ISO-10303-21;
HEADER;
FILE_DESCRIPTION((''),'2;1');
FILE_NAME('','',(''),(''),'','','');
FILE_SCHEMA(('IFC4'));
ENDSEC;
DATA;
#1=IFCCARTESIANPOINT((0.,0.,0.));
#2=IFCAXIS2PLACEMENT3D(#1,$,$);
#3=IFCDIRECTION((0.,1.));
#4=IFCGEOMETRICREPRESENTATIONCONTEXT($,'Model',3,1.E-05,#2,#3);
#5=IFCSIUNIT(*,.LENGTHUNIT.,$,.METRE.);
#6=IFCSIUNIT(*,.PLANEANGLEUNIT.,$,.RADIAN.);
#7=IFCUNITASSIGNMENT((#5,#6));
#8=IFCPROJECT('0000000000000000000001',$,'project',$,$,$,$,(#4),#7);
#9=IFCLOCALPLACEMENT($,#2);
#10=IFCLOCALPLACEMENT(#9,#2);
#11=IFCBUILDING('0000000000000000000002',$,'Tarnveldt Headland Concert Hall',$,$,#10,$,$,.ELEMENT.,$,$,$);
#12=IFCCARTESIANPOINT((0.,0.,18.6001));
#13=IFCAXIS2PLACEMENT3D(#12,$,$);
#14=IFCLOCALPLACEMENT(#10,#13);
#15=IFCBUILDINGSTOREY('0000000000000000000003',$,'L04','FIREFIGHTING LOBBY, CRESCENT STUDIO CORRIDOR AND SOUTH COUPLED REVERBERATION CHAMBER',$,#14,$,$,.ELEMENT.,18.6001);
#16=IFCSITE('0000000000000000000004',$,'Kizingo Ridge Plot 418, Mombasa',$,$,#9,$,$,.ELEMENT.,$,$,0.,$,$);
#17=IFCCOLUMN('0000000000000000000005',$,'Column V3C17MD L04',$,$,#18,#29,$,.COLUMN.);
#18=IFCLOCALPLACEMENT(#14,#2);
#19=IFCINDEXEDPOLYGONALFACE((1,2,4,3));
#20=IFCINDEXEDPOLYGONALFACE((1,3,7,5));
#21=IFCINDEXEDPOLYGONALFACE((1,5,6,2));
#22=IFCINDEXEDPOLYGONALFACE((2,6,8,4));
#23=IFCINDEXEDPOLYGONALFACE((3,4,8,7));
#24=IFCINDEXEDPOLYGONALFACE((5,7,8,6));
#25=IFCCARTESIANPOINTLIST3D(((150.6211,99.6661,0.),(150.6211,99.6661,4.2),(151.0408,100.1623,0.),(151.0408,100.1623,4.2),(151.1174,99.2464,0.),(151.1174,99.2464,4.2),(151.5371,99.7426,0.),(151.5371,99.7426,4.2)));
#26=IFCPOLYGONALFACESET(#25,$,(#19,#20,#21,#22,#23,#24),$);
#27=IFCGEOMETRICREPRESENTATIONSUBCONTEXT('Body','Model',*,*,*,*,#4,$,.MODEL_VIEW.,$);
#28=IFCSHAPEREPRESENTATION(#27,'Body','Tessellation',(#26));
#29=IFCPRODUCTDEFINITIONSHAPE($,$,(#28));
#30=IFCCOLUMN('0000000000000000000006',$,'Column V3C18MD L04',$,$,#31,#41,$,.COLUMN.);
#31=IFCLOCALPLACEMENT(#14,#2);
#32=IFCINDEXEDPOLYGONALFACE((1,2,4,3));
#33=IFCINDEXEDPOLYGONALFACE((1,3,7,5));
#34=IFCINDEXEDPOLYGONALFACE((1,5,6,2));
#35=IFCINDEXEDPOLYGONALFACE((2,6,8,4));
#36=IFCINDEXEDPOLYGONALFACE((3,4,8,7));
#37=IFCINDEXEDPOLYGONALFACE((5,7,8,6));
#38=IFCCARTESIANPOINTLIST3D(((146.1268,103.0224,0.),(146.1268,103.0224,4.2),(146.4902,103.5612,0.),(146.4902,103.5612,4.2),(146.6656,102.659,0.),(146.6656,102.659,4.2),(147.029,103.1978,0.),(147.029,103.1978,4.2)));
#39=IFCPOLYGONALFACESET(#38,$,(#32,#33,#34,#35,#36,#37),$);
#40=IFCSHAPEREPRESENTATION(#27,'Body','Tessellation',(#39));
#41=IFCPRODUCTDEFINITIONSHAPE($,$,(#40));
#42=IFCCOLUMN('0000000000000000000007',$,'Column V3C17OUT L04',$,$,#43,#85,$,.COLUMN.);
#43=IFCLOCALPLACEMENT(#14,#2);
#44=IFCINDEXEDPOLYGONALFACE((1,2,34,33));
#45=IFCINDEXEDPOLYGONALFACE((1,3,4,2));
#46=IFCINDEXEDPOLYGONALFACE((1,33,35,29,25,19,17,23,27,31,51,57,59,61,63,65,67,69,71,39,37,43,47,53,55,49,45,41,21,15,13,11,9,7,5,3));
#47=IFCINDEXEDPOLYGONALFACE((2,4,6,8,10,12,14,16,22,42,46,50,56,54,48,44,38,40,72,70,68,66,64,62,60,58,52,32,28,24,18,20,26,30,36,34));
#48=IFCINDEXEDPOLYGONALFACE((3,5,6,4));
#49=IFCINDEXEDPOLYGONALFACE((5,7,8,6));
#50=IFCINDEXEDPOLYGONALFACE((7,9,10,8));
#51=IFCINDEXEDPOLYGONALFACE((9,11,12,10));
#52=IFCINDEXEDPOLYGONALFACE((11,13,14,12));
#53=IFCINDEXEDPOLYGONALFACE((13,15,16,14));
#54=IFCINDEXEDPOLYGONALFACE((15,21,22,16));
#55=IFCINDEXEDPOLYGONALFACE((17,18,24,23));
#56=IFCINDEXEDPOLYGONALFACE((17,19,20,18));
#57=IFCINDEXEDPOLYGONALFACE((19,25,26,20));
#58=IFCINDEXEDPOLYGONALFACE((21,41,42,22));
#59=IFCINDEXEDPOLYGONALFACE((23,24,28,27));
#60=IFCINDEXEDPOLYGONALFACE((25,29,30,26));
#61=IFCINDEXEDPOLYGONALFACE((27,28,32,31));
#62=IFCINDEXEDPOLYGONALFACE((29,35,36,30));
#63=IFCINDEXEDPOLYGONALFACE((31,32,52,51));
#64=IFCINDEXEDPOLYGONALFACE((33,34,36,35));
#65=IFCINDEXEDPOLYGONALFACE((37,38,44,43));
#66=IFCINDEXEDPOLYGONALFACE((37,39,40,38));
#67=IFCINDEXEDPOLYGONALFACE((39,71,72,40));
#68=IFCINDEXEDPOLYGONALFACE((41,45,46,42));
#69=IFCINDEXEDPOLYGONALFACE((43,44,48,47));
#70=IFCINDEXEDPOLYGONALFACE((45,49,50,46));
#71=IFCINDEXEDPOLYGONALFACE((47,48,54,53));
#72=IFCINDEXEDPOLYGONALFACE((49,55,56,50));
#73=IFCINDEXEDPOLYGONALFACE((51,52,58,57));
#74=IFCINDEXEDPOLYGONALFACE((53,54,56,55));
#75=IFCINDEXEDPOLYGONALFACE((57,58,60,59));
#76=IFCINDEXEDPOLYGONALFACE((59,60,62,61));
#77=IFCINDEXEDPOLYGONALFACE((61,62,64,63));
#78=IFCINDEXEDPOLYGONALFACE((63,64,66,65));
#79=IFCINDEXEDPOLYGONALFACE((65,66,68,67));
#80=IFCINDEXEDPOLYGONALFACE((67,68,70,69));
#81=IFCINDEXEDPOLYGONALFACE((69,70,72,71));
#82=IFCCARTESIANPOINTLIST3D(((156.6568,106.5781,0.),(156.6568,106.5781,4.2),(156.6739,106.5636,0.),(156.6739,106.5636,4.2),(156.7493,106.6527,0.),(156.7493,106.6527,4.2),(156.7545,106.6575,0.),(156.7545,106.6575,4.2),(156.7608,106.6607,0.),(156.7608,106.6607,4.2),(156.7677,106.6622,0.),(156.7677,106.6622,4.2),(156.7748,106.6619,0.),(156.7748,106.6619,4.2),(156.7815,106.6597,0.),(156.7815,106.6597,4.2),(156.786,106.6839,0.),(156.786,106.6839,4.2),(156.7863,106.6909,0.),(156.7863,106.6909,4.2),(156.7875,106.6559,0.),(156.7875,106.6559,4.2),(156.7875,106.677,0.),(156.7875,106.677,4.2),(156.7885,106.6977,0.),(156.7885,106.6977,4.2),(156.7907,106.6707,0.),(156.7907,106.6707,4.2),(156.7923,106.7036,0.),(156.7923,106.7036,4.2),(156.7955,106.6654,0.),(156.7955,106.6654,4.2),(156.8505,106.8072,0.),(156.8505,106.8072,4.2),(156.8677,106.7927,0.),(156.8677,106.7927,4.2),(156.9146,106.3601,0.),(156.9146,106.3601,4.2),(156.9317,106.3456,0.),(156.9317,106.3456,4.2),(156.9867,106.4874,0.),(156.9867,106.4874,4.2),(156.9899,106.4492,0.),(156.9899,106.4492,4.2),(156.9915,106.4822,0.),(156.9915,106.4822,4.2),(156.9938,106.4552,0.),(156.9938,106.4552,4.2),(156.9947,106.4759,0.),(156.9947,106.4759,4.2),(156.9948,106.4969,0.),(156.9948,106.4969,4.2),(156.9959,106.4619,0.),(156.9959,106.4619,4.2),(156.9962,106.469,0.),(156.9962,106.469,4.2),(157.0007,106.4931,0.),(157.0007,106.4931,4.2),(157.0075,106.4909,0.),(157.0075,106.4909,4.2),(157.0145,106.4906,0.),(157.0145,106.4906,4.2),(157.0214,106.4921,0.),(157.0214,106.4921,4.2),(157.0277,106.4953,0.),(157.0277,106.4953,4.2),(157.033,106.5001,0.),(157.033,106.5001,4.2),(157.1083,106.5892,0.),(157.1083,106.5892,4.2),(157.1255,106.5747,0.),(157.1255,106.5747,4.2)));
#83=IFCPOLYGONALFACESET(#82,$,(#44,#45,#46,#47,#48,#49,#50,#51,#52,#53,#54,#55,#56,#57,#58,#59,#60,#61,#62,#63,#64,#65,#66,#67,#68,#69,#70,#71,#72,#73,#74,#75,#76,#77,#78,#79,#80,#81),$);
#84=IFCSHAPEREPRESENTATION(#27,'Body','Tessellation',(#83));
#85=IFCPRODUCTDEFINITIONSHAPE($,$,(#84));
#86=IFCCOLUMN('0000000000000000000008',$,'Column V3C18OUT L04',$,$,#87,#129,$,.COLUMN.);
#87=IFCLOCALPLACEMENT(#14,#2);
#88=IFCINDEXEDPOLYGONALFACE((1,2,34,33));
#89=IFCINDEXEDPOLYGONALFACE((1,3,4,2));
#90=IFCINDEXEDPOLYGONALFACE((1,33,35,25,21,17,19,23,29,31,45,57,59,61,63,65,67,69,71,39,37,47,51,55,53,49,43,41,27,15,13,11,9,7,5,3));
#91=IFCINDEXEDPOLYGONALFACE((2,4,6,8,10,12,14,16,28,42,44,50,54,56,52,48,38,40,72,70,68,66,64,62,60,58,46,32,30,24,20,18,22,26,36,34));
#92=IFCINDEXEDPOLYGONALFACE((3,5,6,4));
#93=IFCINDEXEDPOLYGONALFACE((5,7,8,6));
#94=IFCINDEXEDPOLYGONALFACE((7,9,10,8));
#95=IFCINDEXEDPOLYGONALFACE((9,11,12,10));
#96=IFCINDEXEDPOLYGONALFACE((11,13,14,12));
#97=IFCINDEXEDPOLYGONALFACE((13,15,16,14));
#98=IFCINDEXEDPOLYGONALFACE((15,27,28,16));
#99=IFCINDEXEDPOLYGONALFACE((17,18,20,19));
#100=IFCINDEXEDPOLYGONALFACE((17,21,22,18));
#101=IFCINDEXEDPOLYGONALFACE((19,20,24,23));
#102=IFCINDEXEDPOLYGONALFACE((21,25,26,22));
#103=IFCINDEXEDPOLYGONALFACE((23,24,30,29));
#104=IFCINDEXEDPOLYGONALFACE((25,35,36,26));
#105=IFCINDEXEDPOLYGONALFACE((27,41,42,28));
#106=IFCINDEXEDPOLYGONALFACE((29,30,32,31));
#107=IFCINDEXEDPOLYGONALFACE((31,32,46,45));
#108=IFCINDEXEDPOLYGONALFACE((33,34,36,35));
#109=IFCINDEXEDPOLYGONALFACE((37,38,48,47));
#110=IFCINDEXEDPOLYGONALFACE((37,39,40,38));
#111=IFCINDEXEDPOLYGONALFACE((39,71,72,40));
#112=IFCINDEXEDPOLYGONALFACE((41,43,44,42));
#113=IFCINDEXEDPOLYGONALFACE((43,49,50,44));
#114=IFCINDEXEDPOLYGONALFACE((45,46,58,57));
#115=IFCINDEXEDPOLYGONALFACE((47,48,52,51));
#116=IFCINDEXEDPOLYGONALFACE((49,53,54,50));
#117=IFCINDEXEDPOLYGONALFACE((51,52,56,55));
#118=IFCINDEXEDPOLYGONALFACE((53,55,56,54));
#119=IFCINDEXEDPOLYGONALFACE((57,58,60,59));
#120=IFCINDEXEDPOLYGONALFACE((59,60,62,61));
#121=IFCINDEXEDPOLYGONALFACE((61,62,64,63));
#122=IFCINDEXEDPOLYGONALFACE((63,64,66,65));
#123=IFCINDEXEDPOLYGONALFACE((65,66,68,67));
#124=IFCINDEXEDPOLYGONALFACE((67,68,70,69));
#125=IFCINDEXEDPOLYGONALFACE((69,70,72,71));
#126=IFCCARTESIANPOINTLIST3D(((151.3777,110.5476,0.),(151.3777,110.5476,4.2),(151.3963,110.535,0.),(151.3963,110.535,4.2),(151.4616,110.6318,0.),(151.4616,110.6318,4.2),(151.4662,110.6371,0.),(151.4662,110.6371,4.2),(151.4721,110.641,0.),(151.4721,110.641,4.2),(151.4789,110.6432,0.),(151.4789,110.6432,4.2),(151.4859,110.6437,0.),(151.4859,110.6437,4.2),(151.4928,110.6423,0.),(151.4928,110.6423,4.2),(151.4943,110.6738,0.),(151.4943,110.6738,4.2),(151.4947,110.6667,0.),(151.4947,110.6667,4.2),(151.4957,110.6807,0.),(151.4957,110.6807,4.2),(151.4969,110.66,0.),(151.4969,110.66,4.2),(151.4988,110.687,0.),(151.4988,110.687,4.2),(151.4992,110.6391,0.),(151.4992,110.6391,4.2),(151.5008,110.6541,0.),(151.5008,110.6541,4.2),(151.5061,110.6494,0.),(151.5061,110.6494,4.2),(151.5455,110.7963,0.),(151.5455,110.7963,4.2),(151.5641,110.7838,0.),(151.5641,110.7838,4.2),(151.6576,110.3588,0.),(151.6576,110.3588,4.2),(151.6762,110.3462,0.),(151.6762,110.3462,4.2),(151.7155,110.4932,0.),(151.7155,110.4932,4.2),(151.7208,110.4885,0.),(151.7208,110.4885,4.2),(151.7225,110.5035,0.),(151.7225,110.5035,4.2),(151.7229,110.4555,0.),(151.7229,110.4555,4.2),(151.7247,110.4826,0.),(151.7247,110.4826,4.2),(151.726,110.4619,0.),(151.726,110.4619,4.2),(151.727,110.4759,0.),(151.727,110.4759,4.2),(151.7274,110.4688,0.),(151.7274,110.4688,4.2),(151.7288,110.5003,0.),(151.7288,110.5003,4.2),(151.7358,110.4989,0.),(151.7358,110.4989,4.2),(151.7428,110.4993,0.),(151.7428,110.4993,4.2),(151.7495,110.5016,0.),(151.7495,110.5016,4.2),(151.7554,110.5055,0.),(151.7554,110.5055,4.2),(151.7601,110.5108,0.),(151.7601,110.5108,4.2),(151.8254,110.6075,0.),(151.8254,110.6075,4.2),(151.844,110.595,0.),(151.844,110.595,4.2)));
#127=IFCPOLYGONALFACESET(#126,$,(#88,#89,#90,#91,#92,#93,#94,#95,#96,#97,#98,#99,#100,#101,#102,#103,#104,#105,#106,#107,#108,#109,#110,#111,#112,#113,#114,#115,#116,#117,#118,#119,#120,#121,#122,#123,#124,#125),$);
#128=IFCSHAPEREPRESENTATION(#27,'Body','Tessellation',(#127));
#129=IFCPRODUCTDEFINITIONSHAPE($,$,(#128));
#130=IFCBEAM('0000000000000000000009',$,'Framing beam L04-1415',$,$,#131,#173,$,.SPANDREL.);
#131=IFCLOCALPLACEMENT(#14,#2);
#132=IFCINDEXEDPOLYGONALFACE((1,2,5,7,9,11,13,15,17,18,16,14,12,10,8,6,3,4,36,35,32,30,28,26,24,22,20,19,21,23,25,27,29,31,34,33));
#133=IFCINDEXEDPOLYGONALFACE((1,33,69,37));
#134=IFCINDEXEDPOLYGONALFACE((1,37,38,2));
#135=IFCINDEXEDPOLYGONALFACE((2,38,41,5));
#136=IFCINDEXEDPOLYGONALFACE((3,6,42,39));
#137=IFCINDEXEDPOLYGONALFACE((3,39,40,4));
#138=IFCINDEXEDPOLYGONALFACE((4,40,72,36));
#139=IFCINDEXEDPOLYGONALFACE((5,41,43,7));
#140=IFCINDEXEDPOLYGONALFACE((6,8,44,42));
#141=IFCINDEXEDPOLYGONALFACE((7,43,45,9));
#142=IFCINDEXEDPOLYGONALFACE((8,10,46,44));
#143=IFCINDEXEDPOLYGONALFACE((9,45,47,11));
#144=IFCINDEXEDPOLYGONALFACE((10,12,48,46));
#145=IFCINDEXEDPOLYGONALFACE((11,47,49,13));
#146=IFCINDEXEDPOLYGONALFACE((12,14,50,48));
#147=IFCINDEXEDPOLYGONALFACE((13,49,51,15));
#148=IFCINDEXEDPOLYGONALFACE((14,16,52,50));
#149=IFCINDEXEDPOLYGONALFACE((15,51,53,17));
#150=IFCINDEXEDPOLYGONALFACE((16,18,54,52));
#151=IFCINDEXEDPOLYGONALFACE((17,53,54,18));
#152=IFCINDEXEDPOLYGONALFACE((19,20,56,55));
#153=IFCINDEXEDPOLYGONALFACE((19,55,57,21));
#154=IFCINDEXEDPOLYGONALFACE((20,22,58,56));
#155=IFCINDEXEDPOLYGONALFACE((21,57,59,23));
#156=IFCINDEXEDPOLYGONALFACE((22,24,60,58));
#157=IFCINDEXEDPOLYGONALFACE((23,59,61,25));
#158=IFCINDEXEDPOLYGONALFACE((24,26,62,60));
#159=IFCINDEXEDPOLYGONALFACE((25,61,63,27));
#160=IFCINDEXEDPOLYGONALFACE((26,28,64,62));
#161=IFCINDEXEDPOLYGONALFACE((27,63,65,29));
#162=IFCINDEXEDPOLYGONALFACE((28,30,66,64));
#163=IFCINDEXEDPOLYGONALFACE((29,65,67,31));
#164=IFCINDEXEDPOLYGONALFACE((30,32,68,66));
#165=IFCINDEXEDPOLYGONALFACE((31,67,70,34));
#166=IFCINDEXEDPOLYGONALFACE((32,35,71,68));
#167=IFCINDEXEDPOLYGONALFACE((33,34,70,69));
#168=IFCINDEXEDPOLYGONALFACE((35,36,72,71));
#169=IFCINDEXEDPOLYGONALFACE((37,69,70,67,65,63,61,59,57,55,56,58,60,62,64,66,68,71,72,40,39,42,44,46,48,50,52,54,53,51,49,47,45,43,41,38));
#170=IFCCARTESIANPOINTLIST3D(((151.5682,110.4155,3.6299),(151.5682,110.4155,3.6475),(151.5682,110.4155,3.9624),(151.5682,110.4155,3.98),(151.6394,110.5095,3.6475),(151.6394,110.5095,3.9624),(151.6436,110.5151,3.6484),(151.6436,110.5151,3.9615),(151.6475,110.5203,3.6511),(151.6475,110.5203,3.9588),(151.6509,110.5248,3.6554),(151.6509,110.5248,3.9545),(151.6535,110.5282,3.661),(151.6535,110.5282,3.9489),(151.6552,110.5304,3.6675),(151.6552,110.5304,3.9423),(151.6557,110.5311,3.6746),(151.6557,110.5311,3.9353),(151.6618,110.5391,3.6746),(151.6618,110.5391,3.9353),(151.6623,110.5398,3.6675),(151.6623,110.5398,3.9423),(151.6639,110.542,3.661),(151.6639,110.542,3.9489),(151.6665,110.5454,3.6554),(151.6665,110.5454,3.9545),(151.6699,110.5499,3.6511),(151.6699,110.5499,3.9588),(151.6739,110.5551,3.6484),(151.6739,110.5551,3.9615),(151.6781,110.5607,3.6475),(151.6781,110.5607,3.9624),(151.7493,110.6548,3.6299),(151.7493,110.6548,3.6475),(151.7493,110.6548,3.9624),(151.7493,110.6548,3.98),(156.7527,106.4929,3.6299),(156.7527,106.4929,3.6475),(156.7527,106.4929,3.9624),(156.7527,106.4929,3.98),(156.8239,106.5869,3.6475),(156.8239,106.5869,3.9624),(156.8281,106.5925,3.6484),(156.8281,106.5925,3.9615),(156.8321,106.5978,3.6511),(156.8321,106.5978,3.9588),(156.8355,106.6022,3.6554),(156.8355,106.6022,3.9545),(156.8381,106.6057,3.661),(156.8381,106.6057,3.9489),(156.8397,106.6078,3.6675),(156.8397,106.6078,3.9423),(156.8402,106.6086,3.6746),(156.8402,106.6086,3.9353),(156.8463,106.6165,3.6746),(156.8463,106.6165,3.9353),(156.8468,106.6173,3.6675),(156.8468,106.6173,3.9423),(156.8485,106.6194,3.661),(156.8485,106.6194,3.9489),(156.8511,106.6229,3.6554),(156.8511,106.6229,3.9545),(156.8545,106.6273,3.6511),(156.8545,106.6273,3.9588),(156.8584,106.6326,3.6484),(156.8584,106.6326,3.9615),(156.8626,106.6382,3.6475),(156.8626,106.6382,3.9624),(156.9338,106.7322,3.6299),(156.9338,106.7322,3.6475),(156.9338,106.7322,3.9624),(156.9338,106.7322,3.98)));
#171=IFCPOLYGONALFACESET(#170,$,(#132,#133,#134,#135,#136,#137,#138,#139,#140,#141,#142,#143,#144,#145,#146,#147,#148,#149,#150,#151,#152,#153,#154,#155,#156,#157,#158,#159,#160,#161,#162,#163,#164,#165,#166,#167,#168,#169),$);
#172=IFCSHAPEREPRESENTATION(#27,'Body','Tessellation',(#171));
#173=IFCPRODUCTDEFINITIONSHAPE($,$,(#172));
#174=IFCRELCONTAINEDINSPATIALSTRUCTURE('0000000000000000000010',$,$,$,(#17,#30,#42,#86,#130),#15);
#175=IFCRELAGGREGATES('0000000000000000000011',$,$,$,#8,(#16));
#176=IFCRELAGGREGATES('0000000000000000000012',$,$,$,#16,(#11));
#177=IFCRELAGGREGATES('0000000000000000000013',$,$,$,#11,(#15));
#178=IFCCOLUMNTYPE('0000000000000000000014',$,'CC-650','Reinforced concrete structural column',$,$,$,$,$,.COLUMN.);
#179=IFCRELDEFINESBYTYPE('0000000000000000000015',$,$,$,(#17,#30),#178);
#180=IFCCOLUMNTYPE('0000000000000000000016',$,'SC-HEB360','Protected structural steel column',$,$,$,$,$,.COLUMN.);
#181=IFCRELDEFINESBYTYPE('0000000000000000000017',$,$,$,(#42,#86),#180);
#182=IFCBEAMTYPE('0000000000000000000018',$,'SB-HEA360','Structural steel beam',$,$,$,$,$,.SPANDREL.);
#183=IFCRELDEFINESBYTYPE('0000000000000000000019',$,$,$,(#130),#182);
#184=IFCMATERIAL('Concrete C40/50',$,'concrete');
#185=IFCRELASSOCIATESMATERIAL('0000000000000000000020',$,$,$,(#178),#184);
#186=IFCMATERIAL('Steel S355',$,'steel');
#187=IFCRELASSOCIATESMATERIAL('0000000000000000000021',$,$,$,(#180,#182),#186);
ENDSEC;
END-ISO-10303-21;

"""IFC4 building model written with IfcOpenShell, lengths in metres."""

from ifc_helpers import new_model, si_unit, direction, frame, origin, origin_2d, place, context, subcontext, project, spatial, rectangle, i_section, extrude, material, material_profile, profile_set, type_object, element, save


model = new_model("IFC4")

# Units and contexts
model_context = context("Model", 3, precision=1e-05, world=origin(), true_north=direction((0.0, 1.0)))
body_context = subcontext(model_context, "Body", "Model", "MODEL_VIEW")
ifc_project = project(units=[si_unit("LENGTHUNIT", "METRE"), si_unit("PLANEANGLEUNIT", "RADIAN")], contexts=[model_context])

# Site, building, storey
site_placement = place(None, origin())
site = spatial("IfcSite", under=ifc_project, at=site_placement, Name="Kizingo Ridge Plot 418, Mombasa", CompositionType="ELEMENT", RefElevation=0.0)
building_placement = place(site_placement, origin())
building = spatial("IfcBuilding", under=site, at=building_placement, Name="Tarnveldt Headland Concert Hall", CompositionType="ELEMENT")
storey_placement = place(building_placement, frame((0.0, 0.0, 18.6001)))
storey = spatial("IfcBuildingStorey", under=building, at=storey_placement, Name="L04", Description="FIREFIGHTING LOBBY, CRESCENT STUDIO CORRIDOR AND SOUTH COUPLED REVERBERATION CHAMBER", CompositionType="ELEMENT", Elevation=18.6001)

# Columns
ifc_material_1 = material(Name="Concrete C40/50", Category="concrete")
ifc_material_profile_1 = material_profile(ifc_material_1, rectangle(XDim=0.6499, YDim=0.6499, at=origin_2d()), Name="RC 650x650", Category="concrete")
ifc_profile_set_1 = profile_set([ifc_material_profile_1], Name="Concrete C40/50")
column_type_1 = type_object("IfcColumnType", Name="CC-650", Description="Reinforced concrete structural column", PredefinedType="COLUMN", material=ifc_profile_set_1)
for number, where, z_axis, x_axis, name in (
    (1, (151.0791, 99.7043, 0.0), (0.0, 0.0, 1.0), (0.645724, 0.763571, 0.0), "Column V3C17MD L04"),
    (2, (146.5779, 103.1101, 0.0), (0.0, 0.0, 1.0), (0.559193, 0.829038, 0.0), "Column V3C18MD L04"),
):
    element("IfcColumn", number, at=place(storey_placement, frame(where, z_axis=z_axis, x_axis=x_axis)), inside=storey, type_object=column_type_1, Name=name, PredefinedType="COLUMN", context=body_context, shape_type="SweptSolid", body=[
        extrude(rectangle(XDim=0.6499, YDim=0.6499, at=origin_2d()), origin(), (0.0, 0.0, 1.0), 4.2),
    ])
ifc_material_2 = material(Name="Steel S355", Category="steel")
ifc_material_profile_2 = material_profile(ifc_material_2, i_section(OverallWidth=0.3, OverallDepth=0.3601, WebThickness=0.0125, FlangeThickness=0.0225, FilletRadius=0.0271, at=origin_2d()), Name="HEB360", Category="steel")
ifc_profile_set_2 = profile_set([ifc_material_profile_2], Name="Steel S355")
column_type_2 = type_object("IfcColumnType", Name="SC-HEB360", Description="Protected structural steel column", PredefinedType="COLUMN", material=ifc_profile_set_2)
for number, where, z_axis, x_axis, name in (
    (3, (156.8911, 106.5764, 0.0), (0.0, 0.0, 1.0), (0.645724, 0.763571, 0.0), "Column V3C17OUT L04"),
    (4, (151.6108, 110.5713, 0.0), (0.0, 0.0, 1.0), (0.559193, 0.829038, 0.0), "Column V3C18OUT L04"),
):
    element("IfcColumn", number, at=place(storey_placement, frame(where, z_axis=z_axis, x_axis=x_axis)), inside=storey, type_object=column_type_2, Name=name, PredefinedType="COLUMN", context=body_context, shape_type="SweptSolid", body=[
        extrude(i_section(OverallWidth=0.3, OverallDepth=0.3601, WebThickness=0.0125, FlangeThickness=0.0225, FilletRadius=0.0271, at=origin_2d()), origin(), (0.0, 0.0, 1.0), 4.2),
    ])

# Beam
ifc_material_profile_3 = material_profile(ifc_material_2, i_section(OverallWidth=0.3, OverallDepth=0.3501, WebThickness=0.01, FlangeThickness=0.0176, FilletRadius=0.0271, at=origin_2d()), Name="HEA360", Category="steel")
ifc_profile_set_3 = profile_set([ifc_material_profile_3], Name="Steel S355")
beam_type_1 = type_object("IfcBeamType", Name="SB-HEA360", Description="Structural steel beam", PredefinedType="SPANDREL", material=ifc_profile_set_3)
beam_1_placement = place(storey_placement, frame((156.8433, 106.6125, 3.8049), z_axis=(-0.797469, 0.603359, 0.0), x_axis=(-0.603359, -0.797469, 0.0)))
element("IfcBeam", 5, at=beam_1_placement, inside=storey, type_object=beam_type_1, Name="Framing beam L04-1415", PredefinedType="SPANDREL", context=body_context, shape_type="SweptSolid", body=[
    extrude(i_section(OverallWidth=0.3, OverallDepth=0.3501, WebThickness=0.01, FlangeThickness=0.0176, FilletRadius=0.0271, at=origin_2d()), origin(), (0.0, 0.0, 1.0), 6.5012),
])

save(model, "model.ifc")
